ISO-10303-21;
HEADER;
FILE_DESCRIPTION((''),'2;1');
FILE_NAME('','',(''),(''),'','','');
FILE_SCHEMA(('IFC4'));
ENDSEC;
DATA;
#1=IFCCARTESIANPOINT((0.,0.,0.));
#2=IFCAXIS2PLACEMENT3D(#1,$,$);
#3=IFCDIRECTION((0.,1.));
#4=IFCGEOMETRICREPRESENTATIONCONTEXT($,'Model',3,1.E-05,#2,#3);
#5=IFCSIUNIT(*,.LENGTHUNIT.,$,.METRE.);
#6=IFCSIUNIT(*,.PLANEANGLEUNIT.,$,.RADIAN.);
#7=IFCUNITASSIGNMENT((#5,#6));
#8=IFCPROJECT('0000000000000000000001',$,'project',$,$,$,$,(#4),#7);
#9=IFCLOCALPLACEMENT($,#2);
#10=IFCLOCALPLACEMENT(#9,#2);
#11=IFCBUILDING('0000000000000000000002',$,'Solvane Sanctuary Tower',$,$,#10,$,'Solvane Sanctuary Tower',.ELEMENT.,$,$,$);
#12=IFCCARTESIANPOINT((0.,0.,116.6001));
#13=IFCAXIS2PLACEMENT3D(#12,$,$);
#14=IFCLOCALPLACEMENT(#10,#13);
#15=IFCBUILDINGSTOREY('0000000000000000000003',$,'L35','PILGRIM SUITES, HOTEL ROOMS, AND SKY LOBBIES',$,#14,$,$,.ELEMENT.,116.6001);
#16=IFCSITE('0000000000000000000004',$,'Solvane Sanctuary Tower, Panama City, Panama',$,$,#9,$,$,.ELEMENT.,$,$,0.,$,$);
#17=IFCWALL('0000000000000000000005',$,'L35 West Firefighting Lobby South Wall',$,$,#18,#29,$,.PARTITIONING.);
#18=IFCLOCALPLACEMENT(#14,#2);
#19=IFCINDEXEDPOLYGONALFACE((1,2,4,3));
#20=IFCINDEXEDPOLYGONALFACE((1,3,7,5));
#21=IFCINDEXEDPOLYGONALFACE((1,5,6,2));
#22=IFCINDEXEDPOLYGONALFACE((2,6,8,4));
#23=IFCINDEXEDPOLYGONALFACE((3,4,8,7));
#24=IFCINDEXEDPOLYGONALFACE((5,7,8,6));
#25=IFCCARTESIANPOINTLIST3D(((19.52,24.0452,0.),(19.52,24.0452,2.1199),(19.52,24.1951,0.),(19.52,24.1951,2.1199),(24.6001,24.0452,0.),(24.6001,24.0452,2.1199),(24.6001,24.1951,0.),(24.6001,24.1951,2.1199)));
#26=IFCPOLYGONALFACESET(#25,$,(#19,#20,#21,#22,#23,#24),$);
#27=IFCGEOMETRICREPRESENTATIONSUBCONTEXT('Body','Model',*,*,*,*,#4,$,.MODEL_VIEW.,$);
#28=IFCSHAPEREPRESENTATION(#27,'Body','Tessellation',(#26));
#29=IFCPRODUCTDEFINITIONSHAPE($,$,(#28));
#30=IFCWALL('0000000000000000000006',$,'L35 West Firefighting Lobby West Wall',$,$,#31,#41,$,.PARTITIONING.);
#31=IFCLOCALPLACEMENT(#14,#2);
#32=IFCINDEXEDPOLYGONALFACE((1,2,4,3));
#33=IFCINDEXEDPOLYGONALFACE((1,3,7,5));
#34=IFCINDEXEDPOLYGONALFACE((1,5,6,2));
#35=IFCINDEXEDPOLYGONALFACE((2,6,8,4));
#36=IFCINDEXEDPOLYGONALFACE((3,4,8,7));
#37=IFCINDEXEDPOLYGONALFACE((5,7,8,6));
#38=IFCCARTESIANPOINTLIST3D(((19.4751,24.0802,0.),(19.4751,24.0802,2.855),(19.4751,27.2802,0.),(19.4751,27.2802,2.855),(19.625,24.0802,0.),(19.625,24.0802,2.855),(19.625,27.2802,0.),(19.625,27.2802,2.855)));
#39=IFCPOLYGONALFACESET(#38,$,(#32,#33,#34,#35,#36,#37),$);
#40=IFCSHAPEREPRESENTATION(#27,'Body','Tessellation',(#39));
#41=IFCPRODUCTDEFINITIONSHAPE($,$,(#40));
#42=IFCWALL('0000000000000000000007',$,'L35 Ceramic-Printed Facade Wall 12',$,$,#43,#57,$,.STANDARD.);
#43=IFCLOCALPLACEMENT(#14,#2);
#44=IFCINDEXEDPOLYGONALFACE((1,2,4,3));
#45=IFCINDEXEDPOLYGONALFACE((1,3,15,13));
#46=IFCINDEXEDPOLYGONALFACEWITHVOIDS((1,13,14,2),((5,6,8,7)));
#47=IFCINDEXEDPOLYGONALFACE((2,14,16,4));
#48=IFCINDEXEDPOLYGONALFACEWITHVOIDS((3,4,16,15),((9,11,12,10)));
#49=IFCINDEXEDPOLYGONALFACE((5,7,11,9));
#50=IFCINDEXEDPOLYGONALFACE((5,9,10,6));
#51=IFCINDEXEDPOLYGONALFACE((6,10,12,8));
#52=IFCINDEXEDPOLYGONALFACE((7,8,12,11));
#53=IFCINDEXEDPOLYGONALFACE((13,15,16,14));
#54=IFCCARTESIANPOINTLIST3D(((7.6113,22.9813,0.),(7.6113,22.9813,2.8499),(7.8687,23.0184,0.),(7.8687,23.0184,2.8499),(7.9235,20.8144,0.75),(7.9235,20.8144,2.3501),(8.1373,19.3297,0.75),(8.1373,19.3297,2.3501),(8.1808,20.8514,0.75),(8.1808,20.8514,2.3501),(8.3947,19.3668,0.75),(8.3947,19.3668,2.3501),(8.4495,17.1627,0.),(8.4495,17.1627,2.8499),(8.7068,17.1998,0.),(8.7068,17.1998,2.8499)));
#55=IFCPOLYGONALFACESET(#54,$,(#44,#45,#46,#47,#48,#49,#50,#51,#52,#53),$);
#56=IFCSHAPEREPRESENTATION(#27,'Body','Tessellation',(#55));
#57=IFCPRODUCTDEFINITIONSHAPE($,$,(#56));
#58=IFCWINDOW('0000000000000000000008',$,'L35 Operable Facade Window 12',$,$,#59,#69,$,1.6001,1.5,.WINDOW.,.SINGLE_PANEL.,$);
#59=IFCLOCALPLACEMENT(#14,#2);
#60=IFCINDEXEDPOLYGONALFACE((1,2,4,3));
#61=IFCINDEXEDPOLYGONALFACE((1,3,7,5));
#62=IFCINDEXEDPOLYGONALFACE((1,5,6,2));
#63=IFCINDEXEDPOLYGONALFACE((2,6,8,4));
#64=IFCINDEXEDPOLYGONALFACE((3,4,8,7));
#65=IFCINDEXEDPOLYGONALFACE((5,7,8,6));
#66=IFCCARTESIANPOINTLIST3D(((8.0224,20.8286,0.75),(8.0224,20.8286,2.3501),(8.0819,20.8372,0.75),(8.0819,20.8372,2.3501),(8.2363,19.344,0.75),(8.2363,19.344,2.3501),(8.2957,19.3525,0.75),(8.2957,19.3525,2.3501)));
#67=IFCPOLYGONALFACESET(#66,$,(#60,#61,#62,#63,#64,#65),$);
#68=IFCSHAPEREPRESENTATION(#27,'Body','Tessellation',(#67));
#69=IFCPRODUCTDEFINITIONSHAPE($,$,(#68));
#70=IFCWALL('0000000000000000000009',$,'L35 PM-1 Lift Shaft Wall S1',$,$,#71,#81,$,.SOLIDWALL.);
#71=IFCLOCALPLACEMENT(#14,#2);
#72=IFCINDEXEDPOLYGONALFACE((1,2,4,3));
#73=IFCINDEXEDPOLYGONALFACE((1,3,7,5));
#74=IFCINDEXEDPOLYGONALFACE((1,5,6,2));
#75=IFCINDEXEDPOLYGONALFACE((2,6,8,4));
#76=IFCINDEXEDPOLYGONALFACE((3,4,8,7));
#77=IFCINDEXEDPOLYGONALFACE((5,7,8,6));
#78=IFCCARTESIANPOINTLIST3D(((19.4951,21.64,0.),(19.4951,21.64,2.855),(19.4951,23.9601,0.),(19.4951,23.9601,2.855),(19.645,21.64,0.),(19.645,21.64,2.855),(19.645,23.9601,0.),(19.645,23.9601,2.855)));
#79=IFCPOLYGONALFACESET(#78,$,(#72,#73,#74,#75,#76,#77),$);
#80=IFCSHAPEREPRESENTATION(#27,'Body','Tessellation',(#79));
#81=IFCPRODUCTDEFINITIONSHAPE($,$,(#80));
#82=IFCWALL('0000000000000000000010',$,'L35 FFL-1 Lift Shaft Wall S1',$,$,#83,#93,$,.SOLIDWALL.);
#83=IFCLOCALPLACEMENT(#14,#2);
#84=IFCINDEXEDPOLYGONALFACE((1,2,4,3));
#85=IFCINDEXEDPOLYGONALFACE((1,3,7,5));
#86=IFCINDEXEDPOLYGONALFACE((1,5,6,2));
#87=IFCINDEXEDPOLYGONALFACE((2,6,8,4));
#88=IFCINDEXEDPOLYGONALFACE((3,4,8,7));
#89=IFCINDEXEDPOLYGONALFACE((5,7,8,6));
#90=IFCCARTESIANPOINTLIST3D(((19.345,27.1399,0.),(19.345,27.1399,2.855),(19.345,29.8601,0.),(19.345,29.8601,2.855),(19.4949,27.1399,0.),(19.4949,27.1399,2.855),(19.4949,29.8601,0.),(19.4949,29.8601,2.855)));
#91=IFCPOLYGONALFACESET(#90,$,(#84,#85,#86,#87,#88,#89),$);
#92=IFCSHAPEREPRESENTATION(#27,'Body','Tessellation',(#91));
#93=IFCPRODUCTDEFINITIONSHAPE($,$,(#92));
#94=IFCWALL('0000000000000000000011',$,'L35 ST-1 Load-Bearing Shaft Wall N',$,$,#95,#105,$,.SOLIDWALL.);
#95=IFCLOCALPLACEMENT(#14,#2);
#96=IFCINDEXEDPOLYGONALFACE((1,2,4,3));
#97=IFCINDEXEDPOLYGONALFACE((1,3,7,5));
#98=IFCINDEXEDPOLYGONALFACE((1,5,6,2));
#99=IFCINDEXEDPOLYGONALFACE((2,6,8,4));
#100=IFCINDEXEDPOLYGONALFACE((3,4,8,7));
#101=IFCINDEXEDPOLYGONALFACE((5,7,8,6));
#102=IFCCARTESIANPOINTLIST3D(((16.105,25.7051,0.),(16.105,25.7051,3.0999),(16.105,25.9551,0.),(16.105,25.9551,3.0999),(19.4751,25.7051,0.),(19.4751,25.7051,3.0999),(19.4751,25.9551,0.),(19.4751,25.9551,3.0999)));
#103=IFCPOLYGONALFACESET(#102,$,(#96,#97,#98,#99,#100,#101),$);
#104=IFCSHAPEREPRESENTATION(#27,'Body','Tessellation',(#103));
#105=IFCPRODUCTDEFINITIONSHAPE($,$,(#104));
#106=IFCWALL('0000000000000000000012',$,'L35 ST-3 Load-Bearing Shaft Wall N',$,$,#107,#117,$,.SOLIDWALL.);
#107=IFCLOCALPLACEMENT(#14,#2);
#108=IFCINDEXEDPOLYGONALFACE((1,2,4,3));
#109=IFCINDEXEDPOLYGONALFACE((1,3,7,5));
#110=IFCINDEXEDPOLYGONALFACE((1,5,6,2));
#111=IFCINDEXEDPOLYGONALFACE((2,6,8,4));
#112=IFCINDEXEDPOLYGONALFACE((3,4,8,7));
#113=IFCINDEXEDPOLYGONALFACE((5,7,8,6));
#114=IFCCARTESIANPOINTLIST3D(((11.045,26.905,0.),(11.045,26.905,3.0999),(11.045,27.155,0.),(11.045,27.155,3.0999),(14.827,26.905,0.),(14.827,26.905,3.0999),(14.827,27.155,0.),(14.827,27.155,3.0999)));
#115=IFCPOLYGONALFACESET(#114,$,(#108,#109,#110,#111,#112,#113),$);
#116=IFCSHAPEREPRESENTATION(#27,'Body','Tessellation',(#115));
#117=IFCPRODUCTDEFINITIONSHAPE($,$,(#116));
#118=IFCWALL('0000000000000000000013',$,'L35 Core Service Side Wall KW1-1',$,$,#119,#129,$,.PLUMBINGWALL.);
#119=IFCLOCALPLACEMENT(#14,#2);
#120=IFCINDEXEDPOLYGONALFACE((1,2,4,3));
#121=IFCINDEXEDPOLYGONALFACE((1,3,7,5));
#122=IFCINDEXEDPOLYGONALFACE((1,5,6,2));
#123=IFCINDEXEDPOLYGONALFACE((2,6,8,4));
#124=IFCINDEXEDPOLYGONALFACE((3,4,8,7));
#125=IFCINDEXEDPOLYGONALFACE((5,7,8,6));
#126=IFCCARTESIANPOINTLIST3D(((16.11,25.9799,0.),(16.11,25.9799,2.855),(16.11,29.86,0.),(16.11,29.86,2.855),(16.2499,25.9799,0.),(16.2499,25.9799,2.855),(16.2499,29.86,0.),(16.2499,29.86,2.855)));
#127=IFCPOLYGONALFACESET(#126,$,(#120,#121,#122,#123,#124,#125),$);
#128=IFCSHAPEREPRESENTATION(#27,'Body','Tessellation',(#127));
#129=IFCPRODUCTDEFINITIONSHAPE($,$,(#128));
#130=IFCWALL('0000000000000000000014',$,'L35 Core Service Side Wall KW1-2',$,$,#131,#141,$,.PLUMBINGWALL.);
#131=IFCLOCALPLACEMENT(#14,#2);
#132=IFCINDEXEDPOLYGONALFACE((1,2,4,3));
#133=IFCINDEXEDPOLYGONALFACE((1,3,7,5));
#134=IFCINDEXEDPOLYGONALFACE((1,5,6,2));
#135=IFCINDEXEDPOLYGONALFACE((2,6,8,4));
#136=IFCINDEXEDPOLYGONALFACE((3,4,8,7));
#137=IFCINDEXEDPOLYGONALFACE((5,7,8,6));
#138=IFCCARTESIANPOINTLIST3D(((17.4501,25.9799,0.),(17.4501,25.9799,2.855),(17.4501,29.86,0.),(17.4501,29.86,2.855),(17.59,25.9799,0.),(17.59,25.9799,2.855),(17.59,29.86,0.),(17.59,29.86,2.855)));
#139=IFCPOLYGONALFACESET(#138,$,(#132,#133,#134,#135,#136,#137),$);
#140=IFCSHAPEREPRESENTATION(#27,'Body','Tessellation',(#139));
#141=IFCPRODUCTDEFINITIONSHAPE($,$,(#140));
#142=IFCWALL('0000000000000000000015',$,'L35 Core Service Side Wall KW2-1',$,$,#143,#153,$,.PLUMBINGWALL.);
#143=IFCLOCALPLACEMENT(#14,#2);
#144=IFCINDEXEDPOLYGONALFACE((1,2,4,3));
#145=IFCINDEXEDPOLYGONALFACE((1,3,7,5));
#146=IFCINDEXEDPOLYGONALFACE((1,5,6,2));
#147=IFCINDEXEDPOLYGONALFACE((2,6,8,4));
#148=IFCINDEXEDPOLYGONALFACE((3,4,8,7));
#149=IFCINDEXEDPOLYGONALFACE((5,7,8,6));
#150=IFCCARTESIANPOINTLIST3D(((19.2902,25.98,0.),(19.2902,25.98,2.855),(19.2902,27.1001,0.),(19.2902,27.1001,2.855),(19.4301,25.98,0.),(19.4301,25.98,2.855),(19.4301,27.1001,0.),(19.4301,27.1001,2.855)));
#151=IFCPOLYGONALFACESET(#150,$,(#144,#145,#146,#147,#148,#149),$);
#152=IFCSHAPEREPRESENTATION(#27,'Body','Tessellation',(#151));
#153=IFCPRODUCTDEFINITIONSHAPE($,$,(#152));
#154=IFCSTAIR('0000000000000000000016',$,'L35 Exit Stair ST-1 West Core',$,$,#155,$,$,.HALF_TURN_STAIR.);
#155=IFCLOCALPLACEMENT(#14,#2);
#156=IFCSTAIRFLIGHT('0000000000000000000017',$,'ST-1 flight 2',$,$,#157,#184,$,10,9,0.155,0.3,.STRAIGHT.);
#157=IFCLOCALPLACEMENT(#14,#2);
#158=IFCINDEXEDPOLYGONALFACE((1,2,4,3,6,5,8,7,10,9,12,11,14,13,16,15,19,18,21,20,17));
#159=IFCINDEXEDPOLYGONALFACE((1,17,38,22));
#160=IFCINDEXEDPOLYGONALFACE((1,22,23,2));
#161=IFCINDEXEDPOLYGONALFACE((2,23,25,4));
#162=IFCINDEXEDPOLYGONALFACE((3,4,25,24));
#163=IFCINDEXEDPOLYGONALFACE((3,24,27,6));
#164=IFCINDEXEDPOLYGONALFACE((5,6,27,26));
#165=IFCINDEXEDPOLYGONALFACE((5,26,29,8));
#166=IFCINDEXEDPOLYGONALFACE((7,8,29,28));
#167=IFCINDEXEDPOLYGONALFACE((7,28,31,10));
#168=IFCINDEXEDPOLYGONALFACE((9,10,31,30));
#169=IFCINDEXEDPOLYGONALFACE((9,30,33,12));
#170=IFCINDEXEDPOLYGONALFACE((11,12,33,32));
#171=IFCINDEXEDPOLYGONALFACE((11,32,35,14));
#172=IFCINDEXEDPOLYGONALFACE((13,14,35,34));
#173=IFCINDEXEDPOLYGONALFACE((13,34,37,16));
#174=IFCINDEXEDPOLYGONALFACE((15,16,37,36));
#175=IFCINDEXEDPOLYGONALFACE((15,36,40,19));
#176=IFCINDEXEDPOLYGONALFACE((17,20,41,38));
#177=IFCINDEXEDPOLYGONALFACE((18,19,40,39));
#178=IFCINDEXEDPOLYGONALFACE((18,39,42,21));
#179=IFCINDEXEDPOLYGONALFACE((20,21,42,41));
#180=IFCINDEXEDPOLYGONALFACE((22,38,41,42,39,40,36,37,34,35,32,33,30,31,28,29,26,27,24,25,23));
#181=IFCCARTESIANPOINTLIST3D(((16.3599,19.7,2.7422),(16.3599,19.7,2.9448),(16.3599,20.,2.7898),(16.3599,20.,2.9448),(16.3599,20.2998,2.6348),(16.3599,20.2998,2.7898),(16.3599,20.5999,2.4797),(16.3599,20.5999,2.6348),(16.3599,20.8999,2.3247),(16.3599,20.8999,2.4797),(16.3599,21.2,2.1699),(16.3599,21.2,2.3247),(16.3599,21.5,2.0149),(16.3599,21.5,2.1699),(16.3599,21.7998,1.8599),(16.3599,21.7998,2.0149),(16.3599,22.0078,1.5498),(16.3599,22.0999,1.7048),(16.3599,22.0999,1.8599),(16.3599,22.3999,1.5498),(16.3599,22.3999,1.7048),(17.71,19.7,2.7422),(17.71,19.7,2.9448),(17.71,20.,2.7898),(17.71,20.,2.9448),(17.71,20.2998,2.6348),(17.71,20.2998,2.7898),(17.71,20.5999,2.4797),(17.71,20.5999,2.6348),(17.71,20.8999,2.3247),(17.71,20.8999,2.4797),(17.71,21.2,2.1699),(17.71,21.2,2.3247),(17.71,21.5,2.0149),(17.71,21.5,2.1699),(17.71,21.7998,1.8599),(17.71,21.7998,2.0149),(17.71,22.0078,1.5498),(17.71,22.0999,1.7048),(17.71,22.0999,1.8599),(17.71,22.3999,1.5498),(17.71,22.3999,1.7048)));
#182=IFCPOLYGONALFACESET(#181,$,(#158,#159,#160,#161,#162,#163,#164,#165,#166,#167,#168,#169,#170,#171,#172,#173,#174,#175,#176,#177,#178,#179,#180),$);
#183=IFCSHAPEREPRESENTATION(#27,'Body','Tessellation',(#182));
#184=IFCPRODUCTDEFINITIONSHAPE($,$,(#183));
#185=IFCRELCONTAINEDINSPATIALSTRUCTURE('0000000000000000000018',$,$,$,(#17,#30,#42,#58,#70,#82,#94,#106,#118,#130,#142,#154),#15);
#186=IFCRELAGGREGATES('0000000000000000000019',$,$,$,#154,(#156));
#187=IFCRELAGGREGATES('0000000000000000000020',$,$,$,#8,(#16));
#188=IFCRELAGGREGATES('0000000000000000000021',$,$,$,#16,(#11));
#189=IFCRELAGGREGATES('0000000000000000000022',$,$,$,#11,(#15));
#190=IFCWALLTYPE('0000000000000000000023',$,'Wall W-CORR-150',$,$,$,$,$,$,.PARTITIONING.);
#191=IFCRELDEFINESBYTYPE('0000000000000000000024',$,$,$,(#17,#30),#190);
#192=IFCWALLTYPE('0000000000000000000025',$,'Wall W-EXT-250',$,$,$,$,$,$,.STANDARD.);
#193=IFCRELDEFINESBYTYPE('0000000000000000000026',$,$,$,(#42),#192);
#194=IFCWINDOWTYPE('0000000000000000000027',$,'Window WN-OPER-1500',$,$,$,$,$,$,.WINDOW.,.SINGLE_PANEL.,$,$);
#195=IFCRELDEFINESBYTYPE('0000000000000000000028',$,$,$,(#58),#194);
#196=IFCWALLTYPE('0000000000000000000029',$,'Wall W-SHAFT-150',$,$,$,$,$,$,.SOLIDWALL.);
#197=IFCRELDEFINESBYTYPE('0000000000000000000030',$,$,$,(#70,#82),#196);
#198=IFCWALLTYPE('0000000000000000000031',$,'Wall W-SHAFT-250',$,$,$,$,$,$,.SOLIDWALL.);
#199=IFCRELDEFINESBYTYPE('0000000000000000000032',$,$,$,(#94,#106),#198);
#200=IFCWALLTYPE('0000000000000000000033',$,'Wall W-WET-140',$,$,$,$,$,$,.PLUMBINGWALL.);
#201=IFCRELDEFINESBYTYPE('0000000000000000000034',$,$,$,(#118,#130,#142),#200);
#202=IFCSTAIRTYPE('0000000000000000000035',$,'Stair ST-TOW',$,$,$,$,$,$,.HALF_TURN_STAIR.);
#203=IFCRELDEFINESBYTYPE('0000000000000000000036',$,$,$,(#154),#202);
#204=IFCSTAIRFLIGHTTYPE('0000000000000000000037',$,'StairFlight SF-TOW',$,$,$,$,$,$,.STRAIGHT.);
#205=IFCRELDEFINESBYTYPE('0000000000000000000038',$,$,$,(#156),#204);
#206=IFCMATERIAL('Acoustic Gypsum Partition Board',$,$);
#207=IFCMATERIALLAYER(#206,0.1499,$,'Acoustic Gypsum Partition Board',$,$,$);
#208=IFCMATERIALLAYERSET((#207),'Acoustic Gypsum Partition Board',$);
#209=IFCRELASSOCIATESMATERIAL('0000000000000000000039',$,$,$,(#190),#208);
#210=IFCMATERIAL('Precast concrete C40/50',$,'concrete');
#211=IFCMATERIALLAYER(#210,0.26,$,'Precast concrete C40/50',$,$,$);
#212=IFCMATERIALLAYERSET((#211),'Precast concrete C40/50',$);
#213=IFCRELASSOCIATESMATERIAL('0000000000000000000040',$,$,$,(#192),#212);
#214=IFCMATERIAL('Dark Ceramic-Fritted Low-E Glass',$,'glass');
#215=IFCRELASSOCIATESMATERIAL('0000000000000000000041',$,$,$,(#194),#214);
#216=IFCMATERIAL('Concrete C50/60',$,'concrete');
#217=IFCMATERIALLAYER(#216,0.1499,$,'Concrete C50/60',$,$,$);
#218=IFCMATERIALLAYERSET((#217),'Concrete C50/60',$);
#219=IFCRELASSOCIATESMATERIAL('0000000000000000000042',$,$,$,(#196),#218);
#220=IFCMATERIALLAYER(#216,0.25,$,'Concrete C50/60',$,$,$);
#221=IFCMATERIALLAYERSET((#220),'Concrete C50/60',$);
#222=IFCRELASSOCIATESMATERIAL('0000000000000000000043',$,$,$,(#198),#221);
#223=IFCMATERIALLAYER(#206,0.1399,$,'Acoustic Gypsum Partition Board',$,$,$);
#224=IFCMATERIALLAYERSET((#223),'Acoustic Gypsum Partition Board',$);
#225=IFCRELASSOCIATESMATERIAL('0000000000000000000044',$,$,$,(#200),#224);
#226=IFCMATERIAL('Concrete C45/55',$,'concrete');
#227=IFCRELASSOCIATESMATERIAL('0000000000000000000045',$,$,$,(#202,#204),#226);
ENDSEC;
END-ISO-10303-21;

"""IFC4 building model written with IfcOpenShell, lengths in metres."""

from ifc_helpers import new_model, si_unit, direction, frame, frame_2d, origin, place, context, subcontext, project, spatial, polyline, rectangle, outline, extrude, material, layer, layer_set, type_object, element, fill, aggregate, save


model = new_model("IFC4")

# Units and contexts
model_context = context("Model", 3, precision=1e-05, world=origin(), true_north=direction((0.0, 1.0)))
body_context = subcontext(model_context, "Body", "Model", "MODEL_VIEW")
ifc_project = project(units=[si_unit("LENGTHUNIT", "METRE"), si_unit("PLANEANGLEUNIT", "RADIAN")], contexts=[model_context])

# Site, building, storey
site_placement = place(None, origin())
site = spatial("IfcSite", under=ifc_project, at=site_placement, Name="Solvane Sanctuary Tower, Panama City, Panama", CompositionType="ELEMENT", RefElevation=0.0)
building_placement = place(site_placement, origin())
building = spatial("IfcBuilding", under=site, at=building_placement, Name="Solvane Sanctuary Tower", LongName="Solvane Sanctuary Tower", CompositionType="ELEMENT")
storey_placement = place(building_placement, frame((0.0, 0.0, 116.6001)))
storey = spatial("IfcBuildingStorey", under=building, at=storey_placement, Name="L35", Description="PILGRIM SUITES, HOTEL ROOMS, AND SKY LOBBIES", CompositionType="ELEMENT", Elevation=116.6001)

# Walls
ifc_material_1 = material(Name="Acoustic Gypsum Partition Board")
ifc_layer_1 = layer(ifc_material_1, 0.1499, Name="Acoustic Gypsum Partition Board")
ifc_layer_set_1 = layer_set([ifc_layer_1], Name="Acoustic Gypsum Partition Board")
wall_type_1 = type_object("IfcWallType", Name="Wall W-CORR-150", PredefinedType="PARTITIONING", material=ifc_layer_set_1)
wall_1_placement = place(storey_placement, frame((19.52, 24.1201, 0.0), z_axis=(0.0, 0.0, 1.0), x_axis=(1.0, 0.0, 0.0)))
element("IfcWall", 1, at=wall_1_placement, inside=storey, type_object=wall_type_1, Name="L35 West Firefighting Lobby South Wall", PredefinedType="PARTITIONING", context=body_context, shape_type="SweptSolid", body=[
    extrude(rectangle(XDim=5.0801, YDim=0.1499, at=frame_2d((2.54, 0.0))), origin(), (0.0, 0.0, 1.0), 2.1199),
])
wall_2_placement = place(storey_placement, frame((19.55, 24.0801, 0.0), z_axis=(0.0, 0.0, 1.0), x_axis=(0.0, 1.0, 0.0)))
element("IfcWall", 2, at=wall_2_placement, inside=storey, type_object=wall_type_1, Name="L35 West Firefighting Lobby West Wall", PredefinedType="PARTITIONING", context=body_context, shape_type="SweptSolid", body=[
    extrude(rectangle(XDim=3.2, YDim=0.1499, at=frame_2d((1.6001, 0.0))), origin(), (0.0, 0.0, 1.0), 2.855),
])

# Wall, opening, window
ifc_material_2 = material(Name="Precast concrete C40/50", Category="concrete")
ifc_layer_2 = layer(ifc_material_2, 0.26, Name="Precast concrete C40/50")
ifc_layer_set_2 = layer_set([ifc_layer_2], Name="Precast concrete C40/50")
wall_type_2 = type_object("IfcWallType", Name="Wall W-EXT-250", PredefinedType="STANDARD", material=ifc_layer_set_2)
wall_3_placement = place(storey_placement, frame((7.74, 23.0, 0.0), z_axis=(0.0, 0.0, 1.0), x_axis=(0.142572, -0.989784, 0.0)))
wall_3 = element("IfcWall", 3, at=wall_3_placement, inside=storey, type_object=wall_type_2, Name="L35 Ceramic-Printed Facade Wall 12", PredefinedType="STANDARD", context=body_context, shape_type="SweptSolid", body=[
    extrude(rectangle(XDim=5.8787, YDim=0.26, at=frame_2d((2.9395, 0.0))), origin(), (0.0, 0.0, 1.0), 2.8499),
])
opening_placement = place(wall_3_placement, frame((2.1895, 0.0, 0.75)))
opening = element("IfcOpeningElement", 4, at=opening_placement, cuts=wall_3, PredefinedType="OPENING", context=body_context, shape_type="SweptSolid", body=[
    extrude(rectangle(XDim=1.5, YDim=1.6001, at=frame_2d((0.75, 0.8))), frame((0.0, 0.1399, 0.0), z_axis=(0.0, -1.0, 0.0), x_axis=(1.0, 0.0, 0.0)), (0.0, 0.0, 1.0), 0.28),
])
ifc_material_3 = material(Name="Dark Ceramic-Fritted Low-E Glass", Category="glass")
window_type = type_object("IfcWindowType", Name="Window WN-OPER-1500", PartitioningType="SINGLE_PANEL", PredefinedType="WINDOW", material=ifc_material_3)
window_placement = place(opening_placement, origin())
window = element("IfcWindow", 5, at=window_placement, inside=storey, type_object=window_type, Name="L35 Operable Facade Window 12", OverallHeight=1.6001, OverallWidth=1.5, PartitioningType="SINGLE_PANEL", PredefinedType="WINDOW", context=body_context, shape_type="SweptSolid", body=[
    extrude(rectangle(XDim=1.5, YDim=1.6001, at=frame_2d((0.75, 0.8))), frame((0.0, 0.03, 0.0), z_axis=(0.0, -1.0, 0.0), x_axis=(1.0, 0.0, 0.0)), (0.0, 0.0, 1.0), 0.0601),
])
fill(opening, window)

# Walls
ifc_material_4 = material(Name="Concrete C50/60", Category="concrete")
ifc_layer_3 = layer(ifc_material_4, 0.1499, Name="Concrete C50/60")
ifc_layer_set_3 = layer_set([ifc_layer_3], Name="Concrete C50/60")
wall_type_3 = type_object("IfcWallType", Name="Wall W-SHAFT-150", PredefinedType="SOLIDWALL", material=ifc_layer_set_3)
wall_4_placement = place(storey_placement, frame((19.5701, 21.6399, 0.0), z_axis=(0.0, 0.0, 1.0), x_axis=(0.0, 1.0, 0.0)))
element("IfcWall", 6, at=wall_4_placement, inside=storey, type_object=wall_type_3, Name="L35 PM-1 Lift Shaft Wall S1", PredefinedType="SOLIDWALL", context=body_context, shape_type="SweptSolid", body=[
    extrude(rectangle(XDim=2.3201, YDim=0.1499, at=frame_2d((1.1602, 0.0))), origin(), (0.0, 0.0, 1.0), 2.855),
])
wall_5_placement = place(storey_placement, frame((19.4199, 27.1399, 0.0), z_axis=(0.0, 0.0, 1.0), x_axis=(0.0, 1.0, 0.0)))
element("IfcWall", 7, at=wall_5_placement, inside=storey, type_object=wall_type_3, Name="L35 FFL-1 Lift Shaft Wall S1", PredefinedType="SOLIDWALL", context=body_context, shape_type="SweptSolid", body=[
    extrude(rectangle(XDim=2.7202, YDim=0.1499, at=frame_2d((1.3601, 0.0))), origin(), (0.0, 0.0, 1.0), 2.855),
])
ifc_layer_4 = layer(ifc_material_4, 0.25, Name="Concrete C50/60")
ifc_layer_set_4 = layer_set([ifc_layer_4], Name="Concrete C50/60")
wall_type_4 = type_object("IfcWallType", Name="Wall W-SHAFT-250", PredefinedType="SOLIDWALL", material=ifc_layer_set_4)
wall_6_placement = place(storey_placement, frame((16.105, 25.8301, 0.0), z_axis=(0.0, 0.0, 1.0), x_axis=(1.0, 0.0, 0.0)))
element("IfcWall", 8, at=wall_6_placement, inside=storey, type_object=wall_type_4, Name="L35 ST-1 Load-Bearing Shaft Wall N", PredefinedType="SOLIDWALL", context=body_context, shape_type="SweptSolid", body=[
    extrude(rectangle(XDim=3.3701, YDim=0.25, at=frame_2d((1.6851, 0.0))), origin(), (0.0, 0.0, 1.0), 3.0999),
])
wall_7_placement = place(storey_placement, frame((11.0449, 27.03, 0.0), z_axis=(0.0, 0.0, 1.0), x_axis=(1.0, 0.0, 0.0)))
element("IfcWall", 9, at=wall_7_placement, inside=storey, type_object=wall_type_4, Name="L35 ST-3 Load-Bearing Shaft Wall N", PredefinedType="SOLIDWALL", context=body_context, shape_type="SweptSolid", body=[
    extrude(rectangle(XDim=3.782, YDim=0.25, at=frame_2d((1.8911, 0.0))), origin(), (0.0, 0.0, 1.0), 3.0999),
])
ifc_layer_5 = layer(ifc_material_1, 0.1399, Name="Acoustic Gypsum Partition Board")
ifc_layer_set_5 = layer_set([ifc_layer_5], Name="Acoustic Gypsum Partition Board")
wall_type_5 = type_object("IfcWallType", Name="Wall W-WET-140", PredefinedType="PLUMBINGWALL", material=ifc_layer_set_5)
for number, where, z_axis, x_axis, name in (
    (10, (16.1799, 25.98, 0.0), (0.0, 0.0, 1.0), (0.0, 1.0, 0.0), "L35 Core Service Side Wall KW1-1"),
    (11, (17.52, 25.98, 0.0), (0.0, 0.0, 1.0), (0.0, 1.0, 0.0), "L35 Core Service Side Wall KW1-2"),
):
    element("IfcWall", number, at=place(storey_placement, frame(where, z_axis=z_axis, x_axis=x_axis)), inside=storey, type_object=wall_type_5, Name=name, PredefinedType="PLUMBINGWALL", context=body_context, shape_type="SweptSolid", body=[
        extrude(rectangle(XDim=3.8801, YDim=0.1399, at=frame_2d((1.9399, 0.0))), origin(), (0.0, 0.0, 1.0), 2.855),
    ])
wall_8_placement = place(storey_placement, frame((19.3601, 25.98, 0.0), z_axis=(0.0, 0.0, 1.0), x_axis=(0.0, 1.0, 0.0)))
element("IfcWall", 12, at=wall_8_placement, inside=storey, type_object=wall_type_5, Name="L35 Core Service Side Wall KW2-1", PredefinedType="PLUMBINGWALL", context=body_context, shape_type="SweptSolid", body=[
    extrude(rectangle(XDim=1.1201, YDim=0.1399, at=frame_2d((0.5601, 0.0))), origin(), (0.0, 0.0, 1.0), 2.855),
])

# Stair, stair flight
ifc_material_5 = material(Name="Concrete C45/55", Category="concrete")
stair_type = type_object("IfcStairType", Name="Stair ST-TOW", PredefinedType="HALF_TURN_STAIR", material=ifc_material_5)
stair_1_placement = place(storey_placement, origin())
stair_1 = element("IfcStair", 13, at=stair_1_placement, inside=storey, type_object=stair_type, Name="L35 Exit Stair ST-1 West Core", PredefinedType="HALF_TURN_STAIR")
stair_flight_type = type_object("IfcStairFlightType", Name="StairFlight SF-TOW", PredefinedType="STRAIGHT", material=ifc_material_5)
stair_flight_1_placement = place(storey_placement, frame((17.0349, 22.3999, 1.5498), z_axis=(0.0, 0.0, 1.0), x_axis=(0.0, -1.0, 0.0)))
stair_flight_1 = element("IfcStairFlight", 14, at=stair_flight_1_placement, type_object=stair_flight_type, Name="ST-1 flight 2", NumberOfRisers=10, NumberOfTreads=9, PredefinedType="STRAIGHT", RiserHeight=0.155, TreadLength=0.3, context=body_context, shape_type="SweptSolid", body=[
    extrude(outline(polyline([(0.0, 0.0), (0.0, 0.155), (0.3, 0.155), (0.3, 0.3101), (0.6001, 0.3101), (0.6001, 0.4651), (0.8999, 0.4651), (0.8999, 0.6201), (1.2, 0.6201), (1.2, 0.7749), (1.5, 0.7749), (1.5, 0.9299), (1.8, 0.9299), (1.8, 1.085), (2.1001, 1.085), (2.1001, 1.24), (2.3999, 1.24), (2.3999, 1.395), (2.7, 1.395), (2.7, 1.55), (2.7, 1.1924), (0.3921, 0.0), (0.0, 0.0)])), frame((0.0, 0.675, 0.0), z_axis=(0.0, -1.0, 0.0), x_axis=(1.0, 0.0, 0.0)), (0.0, 0.0, 1.0), 1.3501),
])
aggregate(stair_1, [stair_flight_1])

save(model, "model.ifc")
